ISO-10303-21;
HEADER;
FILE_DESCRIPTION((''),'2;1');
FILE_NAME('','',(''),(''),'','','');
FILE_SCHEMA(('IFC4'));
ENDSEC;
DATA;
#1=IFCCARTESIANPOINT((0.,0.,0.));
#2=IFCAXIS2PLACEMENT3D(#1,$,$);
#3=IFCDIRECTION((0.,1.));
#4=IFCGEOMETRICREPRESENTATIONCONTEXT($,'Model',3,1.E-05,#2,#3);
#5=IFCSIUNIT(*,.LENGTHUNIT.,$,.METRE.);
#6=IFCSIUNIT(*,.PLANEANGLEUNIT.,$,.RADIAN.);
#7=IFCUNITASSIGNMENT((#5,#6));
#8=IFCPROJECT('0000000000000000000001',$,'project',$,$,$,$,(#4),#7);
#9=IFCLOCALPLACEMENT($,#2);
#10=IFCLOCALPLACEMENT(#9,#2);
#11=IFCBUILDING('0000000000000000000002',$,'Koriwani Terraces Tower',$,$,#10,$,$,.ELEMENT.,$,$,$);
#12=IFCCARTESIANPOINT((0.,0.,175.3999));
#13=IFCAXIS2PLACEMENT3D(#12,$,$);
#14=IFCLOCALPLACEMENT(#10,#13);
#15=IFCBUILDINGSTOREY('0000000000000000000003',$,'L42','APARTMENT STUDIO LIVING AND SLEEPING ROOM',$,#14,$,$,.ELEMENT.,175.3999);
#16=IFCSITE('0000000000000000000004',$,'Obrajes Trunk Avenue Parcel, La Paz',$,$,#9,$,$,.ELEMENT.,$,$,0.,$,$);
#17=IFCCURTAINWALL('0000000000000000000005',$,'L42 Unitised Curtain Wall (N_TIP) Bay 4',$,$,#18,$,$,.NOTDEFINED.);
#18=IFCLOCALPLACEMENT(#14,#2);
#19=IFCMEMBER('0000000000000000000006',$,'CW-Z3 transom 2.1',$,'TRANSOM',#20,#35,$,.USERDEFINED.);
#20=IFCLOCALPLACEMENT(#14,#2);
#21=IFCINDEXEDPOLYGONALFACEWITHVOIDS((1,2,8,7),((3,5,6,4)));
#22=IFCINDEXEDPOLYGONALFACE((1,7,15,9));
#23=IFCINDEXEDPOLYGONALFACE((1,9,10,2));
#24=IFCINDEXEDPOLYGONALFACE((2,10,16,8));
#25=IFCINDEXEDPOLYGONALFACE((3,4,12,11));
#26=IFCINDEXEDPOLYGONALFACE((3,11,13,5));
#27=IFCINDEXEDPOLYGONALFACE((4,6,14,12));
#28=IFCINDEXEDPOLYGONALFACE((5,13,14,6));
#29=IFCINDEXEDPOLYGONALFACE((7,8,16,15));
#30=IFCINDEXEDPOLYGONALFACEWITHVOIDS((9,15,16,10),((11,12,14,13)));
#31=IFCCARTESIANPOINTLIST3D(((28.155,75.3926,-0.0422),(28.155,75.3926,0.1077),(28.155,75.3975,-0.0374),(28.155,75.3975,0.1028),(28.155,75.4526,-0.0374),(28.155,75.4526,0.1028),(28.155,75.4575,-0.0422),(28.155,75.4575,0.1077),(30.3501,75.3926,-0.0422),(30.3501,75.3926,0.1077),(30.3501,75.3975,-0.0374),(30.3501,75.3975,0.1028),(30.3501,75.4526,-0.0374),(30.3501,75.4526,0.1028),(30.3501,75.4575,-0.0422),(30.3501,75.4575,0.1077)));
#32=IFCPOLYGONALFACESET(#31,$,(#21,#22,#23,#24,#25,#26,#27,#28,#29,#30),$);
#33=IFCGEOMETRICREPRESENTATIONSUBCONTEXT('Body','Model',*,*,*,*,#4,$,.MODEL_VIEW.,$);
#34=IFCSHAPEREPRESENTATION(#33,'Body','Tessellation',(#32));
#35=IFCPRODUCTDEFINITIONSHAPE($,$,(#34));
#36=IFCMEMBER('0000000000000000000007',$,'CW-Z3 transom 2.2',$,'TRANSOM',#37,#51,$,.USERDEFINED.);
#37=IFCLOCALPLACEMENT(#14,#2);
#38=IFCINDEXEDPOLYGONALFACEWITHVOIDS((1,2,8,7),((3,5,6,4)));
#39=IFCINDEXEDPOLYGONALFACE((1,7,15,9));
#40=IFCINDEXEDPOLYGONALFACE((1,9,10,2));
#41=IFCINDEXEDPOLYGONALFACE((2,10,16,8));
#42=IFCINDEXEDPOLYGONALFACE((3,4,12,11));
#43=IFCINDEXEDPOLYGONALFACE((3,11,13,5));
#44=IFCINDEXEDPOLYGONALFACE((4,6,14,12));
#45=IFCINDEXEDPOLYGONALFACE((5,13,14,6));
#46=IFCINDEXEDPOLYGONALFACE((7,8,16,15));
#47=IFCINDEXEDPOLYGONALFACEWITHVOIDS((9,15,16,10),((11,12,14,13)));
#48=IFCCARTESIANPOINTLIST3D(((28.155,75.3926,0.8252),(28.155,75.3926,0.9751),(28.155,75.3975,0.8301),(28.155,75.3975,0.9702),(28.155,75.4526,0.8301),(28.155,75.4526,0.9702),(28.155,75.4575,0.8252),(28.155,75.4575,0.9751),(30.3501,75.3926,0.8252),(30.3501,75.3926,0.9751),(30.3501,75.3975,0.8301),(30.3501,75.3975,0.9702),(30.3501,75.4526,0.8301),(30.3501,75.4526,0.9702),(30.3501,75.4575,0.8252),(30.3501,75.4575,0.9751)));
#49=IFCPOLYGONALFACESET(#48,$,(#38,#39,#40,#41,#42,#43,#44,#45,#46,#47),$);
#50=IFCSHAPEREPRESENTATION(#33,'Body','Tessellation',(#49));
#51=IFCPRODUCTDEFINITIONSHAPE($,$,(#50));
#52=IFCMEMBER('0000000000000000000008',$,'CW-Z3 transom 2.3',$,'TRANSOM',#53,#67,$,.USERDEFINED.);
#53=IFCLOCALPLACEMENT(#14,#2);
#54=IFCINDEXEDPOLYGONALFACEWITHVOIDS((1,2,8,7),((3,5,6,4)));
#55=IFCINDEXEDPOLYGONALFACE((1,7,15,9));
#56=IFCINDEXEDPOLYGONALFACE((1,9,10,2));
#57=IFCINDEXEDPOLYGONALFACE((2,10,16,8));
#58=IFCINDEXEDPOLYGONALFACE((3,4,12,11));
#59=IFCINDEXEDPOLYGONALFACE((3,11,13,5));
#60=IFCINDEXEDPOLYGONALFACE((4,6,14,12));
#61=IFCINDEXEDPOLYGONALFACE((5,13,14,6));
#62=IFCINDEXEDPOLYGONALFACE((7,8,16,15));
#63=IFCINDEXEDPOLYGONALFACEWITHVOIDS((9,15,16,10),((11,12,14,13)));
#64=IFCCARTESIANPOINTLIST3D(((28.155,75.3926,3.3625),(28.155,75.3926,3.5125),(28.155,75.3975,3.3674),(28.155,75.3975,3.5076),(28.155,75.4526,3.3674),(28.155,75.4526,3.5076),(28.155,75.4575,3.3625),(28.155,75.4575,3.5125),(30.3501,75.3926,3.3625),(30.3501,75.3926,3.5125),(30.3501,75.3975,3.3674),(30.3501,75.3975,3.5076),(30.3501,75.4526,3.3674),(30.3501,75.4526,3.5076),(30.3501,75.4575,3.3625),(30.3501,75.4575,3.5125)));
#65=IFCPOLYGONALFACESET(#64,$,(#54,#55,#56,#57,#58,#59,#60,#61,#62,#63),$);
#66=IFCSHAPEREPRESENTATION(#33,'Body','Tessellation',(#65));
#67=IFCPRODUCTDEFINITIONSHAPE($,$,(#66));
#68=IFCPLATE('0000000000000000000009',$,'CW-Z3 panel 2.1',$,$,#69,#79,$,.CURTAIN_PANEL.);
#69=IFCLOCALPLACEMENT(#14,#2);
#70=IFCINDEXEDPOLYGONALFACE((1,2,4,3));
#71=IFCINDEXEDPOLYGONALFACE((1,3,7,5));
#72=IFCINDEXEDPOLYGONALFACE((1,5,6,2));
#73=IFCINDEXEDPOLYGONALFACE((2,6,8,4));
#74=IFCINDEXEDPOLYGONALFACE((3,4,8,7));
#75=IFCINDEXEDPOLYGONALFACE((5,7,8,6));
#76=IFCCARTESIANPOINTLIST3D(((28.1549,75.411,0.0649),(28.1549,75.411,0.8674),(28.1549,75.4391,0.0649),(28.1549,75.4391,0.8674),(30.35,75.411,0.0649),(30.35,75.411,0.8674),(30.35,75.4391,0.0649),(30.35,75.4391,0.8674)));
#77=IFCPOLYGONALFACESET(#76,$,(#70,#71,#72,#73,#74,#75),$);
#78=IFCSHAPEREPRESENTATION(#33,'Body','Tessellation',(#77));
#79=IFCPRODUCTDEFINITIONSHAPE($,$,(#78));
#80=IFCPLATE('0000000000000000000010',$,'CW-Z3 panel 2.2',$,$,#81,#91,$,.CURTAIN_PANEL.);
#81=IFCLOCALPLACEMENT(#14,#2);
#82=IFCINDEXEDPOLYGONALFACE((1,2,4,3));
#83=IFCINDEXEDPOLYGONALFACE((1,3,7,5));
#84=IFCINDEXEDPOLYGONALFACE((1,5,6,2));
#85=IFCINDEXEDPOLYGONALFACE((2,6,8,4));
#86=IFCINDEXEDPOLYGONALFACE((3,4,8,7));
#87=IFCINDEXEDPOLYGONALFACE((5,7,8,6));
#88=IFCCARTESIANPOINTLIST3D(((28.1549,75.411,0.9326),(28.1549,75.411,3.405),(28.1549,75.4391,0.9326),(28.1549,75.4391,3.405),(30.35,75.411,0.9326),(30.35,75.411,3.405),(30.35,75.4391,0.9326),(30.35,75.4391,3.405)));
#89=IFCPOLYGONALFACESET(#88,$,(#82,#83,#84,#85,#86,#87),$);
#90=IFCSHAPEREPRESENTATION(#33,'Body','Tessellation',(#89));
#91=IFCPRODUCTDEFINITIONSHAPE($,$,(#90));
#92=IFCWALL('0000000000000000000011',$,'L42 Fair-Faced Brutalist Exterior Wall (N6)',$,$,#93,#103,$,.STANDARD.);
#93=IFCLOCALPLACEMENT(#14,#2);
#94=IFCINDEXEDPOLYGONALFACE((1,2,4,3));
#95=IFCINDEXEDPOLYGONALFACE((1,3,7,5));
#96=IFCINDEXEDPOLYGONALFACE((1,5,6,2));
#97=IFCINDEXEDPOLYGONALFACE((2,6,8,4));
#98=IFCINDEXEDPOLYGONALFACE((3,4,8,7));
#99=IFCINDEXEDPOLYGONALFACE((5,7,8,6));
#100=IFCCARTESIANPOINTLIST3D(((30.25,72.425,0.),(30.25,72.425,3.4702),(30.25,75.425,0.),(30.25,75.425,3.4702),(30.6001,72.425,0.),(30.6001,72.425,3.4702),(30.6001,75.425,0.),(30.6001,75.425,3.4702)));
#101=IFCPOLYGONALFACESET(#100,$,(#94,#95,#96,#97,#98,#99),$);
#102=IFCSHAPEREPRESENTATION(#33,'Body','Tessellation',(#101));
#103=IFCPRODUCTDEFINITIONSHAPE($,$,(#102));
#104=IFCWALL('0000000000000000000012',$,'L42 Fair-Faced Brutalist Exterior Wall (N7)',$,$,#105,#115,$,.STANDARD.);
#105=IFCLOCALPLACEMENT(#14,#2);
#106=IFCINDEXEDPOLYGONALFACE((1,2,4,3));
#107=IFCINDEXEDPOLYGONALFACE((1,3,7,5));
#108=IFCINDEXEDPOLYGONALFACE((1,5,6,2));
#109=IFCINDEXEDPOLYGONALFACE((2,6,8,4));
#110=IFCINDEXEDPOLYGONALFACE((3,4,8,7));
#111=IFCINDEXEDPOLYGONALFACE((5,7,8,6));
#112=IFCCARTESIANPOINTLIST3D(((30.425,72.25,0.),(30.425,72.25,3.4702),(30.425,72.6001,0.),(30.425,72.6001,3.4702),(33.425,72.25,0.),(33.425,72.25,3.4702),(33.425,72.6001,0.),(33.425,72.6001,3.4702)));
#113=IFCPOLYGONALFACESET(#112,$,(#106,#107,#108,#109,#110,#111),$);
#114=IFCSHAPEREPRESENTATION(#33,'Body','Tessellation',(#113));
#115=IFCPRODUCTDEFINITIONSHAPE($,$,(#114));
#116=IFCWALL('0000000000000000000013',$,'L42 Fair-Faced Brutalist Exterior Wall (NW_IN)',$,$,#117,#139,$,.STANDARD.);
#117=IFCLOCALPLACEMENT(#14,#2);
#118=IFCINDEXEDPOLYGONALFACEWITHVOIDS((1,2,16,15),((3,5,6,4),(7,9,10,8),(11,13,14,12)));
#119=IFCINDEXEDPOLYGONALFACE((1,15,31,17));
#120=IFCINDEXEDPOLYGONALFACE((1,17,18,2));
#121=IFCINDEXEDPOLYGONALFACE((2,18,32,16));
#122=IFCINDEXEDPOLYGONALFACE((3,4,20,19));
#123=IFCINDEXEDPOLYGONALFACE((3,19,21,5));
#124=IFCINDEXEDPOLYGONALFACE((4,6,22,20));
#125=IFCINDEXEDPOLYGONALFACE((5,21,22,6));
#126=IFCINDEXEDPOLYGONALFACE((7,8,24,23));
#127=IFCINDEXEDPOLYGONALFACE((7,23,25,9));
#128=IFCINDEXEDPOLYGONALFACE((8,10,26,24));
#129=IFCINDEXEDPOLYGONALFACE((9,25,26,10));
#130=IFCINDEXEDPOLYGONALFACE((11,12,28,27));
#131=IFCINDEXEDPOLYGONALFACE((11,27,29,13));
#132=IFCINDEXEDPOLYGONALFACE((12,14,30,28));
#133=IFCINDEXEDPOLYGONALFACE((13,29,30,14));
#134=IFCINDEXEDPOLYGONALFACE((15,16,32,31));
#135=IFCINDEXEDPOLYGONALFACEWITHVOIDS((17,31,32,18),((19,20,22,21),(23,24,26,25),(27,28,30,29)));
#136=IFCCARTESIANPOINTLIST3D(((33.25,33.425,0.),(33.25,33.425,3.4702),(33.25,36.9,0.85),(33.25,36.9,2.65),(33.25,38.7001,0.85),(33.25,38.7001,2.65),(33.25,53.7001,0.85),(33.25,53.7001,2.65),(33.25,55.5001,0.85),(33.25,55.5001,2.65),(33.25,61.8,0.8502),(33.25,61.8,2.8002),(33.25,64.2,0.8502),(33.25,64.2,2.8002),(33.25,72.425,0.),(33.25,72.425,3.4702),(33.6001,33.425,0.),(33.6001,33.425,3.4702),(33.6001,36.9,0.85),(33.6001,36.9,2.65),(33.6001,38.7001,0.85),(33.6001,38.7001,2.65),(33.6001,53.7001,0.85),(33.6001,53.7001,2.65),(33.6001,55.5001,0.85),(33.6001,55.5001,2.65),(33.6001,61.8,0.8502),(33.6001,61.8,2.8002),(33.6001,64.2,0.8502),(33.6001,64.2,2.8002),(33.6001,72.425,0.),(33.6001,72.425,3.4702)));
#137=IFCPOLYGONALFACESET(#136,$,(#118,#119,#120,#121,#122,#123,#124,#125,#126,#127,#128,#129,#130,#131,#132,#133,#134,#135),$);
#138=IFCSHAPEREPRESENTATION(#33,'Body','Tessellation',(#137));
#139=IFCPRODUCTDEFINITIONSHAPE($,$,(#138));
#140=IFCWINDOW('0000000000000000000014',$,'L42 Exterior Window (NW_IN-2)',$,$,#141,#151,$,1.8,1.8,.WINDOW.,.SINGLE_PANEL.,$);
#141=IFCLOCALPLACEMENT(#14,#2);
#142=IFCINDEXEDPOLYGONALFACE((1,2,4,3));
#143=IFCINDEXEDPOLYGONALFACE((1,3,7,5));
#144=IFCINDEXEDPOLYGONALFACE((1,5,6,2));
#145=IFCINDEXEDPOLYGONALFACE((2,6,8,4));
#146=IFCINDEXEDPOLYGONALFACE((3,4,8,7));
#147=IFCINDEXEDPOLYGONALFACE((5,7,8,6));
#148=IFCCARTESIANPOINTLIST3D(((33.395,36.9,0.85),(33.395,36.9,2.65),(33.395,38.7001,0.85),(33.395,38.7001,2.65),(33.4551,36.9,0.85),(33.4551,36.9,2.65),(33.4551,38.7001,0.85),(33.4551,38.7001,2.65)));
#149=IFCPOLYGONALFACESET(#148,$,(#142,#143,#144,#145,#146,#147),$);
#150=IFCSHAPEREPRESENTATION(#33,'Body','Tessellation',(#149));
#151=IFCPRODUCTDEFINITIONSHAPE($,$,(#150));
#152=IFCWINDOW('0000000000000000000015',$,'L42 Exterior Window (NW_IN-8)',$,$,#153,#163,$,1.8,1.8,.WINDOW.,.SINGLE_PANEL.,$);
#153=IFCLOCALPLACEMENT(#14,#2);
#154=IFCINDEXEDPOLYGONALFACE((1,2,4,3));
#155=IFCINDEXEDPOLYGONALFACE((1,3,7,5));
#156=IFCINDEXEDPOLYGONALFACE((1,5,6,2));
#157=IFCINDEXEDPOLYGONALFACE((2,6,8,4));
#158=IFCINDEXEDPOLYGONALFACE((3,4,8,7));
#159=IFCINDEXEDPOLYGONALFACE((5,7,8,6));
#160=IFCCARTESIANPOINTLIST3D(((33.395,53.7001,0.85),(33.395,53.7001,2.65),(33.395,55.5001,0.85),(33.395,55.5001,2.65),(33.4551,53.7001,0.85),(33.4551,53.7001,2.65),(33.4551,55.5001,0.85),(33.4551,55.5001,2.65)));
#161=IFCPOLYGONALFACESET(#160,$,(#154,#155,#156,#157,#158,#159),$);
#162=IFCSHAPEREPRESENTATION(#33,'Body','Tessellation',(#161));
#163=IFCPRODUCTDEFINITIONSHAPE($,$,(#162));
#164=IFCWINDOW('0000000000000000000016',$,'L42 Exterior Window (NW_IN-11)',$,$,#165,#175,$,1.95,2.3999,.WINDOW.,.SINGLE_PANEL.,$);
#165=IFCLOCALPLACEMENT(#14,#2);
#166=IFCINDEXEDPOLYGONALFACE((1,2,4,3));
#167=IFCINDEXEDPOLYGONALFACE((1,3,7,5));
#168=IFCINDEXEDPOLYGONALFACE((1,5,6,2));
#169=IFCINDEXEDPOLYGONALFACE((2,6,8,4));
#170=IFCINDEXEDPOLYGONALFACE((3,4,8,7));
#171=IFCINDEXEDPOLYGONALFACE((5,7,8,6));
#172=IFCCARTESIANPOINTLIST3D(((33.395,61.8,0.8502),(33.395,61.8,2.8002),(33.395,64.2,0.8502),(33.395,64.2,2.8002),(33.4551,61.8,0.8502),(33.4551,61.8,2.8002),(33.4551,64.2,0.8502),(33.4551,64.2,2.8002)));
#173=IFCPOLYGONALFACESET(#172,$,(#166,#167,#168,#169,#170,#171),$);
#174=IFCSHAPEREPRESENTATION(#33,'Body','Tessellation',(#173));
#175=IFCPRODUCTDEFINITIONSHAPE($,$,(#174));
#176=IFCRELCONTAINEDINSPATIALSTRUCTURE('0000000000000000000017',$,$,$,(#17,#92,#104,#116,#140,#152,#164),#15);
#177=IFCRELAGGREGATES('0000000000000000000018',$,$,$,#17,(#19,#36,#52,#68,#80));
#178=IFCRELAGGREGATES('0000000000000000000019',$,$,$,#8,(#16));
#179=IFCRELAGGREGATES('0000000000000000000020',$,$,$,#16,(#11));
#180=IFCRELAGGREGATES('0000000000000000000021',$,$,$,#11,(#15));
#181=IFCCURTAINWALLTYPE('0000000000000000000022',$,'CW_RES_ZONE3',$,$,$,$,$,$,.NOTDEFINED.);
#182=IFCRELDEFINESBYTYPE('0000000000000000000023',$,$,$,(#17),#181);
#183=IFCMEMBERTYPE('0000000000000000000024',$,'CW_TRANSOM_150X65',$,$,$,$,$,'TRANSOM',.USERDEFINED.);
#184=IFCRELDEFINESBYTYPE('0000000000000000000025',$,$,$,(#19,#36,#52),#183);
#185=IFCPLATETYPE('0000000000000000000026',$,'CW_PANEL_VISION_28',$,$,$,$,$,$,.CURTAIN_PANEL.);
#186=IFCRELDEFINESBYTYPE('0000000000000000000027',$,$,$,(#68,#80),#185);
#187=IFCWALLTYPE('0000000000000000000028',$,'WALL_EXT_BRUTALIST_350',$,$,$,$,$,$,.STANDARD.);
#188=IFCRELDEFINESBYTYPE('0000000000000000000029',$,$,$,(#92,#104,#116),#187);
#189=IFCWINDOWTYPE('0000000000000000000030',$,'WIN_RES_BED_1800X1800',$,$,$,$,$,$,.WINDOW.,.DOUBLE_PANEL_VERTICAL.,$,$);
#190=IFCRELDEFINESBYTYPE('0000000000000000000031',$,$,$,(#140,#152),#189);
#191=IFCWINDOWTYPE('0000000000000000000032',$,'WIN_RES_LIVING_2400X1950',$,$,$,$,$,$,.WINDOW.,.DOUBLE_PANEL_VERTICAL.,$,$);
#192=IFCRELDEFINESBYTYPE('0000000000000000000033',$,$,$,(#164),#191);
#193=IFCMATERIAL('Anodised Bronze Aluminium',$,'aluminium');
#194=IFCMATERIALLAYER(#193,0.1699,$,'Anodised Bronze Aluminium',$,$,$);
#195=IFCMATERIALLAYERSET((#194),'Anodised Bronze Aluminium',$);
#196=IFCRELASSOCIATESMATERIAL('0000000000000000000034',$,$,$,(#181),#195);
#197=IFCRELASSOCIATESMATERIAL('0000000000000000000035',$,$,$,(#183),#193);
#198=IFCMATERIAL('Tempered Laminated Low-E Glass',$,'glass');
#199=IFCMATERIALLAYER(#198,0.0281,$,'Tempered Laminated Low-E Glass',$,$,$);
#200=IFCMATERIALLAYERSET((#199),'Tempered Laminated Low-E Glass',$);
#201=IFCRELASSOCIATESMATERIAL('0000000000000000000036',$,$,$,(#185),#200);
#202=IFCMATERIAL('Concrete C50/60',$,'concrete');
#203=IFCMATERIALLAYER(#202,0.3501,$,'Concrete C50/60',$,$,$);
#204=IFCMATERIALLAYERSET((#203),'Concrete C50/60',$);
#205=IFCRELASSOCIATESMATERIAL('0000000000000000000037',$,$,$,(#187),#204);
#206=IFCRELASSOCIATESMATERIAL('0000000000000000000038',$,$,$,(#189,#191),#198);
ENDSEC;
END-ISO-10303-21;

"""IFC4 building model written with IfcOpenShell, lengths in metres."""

from ifc_helpers import new_model, si_unit, direction, frame, frame_2d, origin, origin_2d, place, context, subcontext, project, spatial, rectangle, hollow_rectangle, extrude, material, layer, layer_set, material_profile, profile_set, type_object, element, fill, aggregate, save


model = new_model("IFC4")

# Units and contexts
model_context = context("Model", 3, precision=1e-05, world=origin(), true_north=direction((0.0, 1.0)))
body_context = subcontext(model_context, "Body", "Model", "MODEL_VIEW")
ifc_project = project(units=[si_unit("LENGTHUNIT", "METRE"), si_unit("PLANEANGLEUNIT", "RADIAN")], contexts=[model_context])

# Site, building, storey
site_placement = place(None, origin())
site = spatial("IfcSite", under=ifc_project, at=site_placement, Name="Obrajes Trunk Avenue Parcel, La Paz", CompositionType="ELEMENT", RefElevation=0.0)
building_placement = place(site_placement, origin())
building = spatial("IfcBuilding", under=site, at=building_placement, Name="Koriwani Terraces Tower", CompositionType="ELEMENT")
storey_placement = place(building_placement, frame((0.0, 0.0, 175.3999)))
storey = spatial("IfcBuildingStorey", under=building, at=storey_placement, Name="L42", Description="APARTMENT STUDIO LIVING AND SLEEPING ROOM", CompositionType="ELEMENT", Elevation=175.3999)

# Shared definitions
ifc_material_1 = material(Name="Concrete C50/60", Category="concrete")

# Curtain wall, members, plates
ifc_material_2 = material(Name="Anodised Bronze Aluminium", Category="aluminium")
ifc_layer_1 = layer(ifc_material_2, 0.1699, Name="Anodised Bronze Aluminium")
ifc_layer_set_1 = layer_set([ifc_layer_1], Name="Anodised Bronze Aluminium")
curtain_wall_type = type_object("IfcCurtainWallType", Name="CW_RES_ZONE3", PredefinedType="NOTDEFINED", material=ifc_layer_set_1)
curtain_wall_placement = place(storey_placement, origin())
curtain_wall = element("IfcCurtainWall", 1, at=curtain_wall_placement, inside=storey, type_object=curtain_wall_type, Name="L42 Unitised Curtain Wall (N_TIP) Bay 4", PredefinedType="NOTDEFINED")
ifc_material_profile_1 = material_profile(ifc_material_2, hollow_rectangle(XDim=0.0649, YDim=0.1499, WallThickness=0.0049, at=origin_2d()), Name="Anodised Bronze Aluminium", Category="LoadBearing")
ifc_profile_set_1 = profile_set([ifc_material_profile_1], Name="Anodised Bronze Aluminium")
member_type_1 = type_object("IfcMemberType", Name="CW_TRANSOM_150X65", ElementType="TRANSOM", PredefinedType="USERDEFINED", material=ifc_profile_set_1)
member_1_placement = place(storey_placement, frame((28.155, 75.425, 0.0327), z_axis=(1.0, 0.0, 0.0), x_axis=(0.0, 1.0, 0.0)))
member_1 = element("IfcMember", 2, at=member_1_placement, type_object=member_type_1, Name="CW-Z3 transom 2.1", ObjectType="TRANSOM", PredefinedType="USERDEFINED", context=body_context, shape_type="SweptSolid", body=[
    extrude(hollow_rectangle(XDim=0.0649, YDim=0.1499, WallThickness=0.0049, at=origin_2d()), origin(), (0.0, 0.0, 1.0), 2.1951),
])
member_2_placement = place(storey_placement, frame((28.155, 75.425, 0.9001), z_axis=(1.0, 0.0, 0.0), x_axis=(0.0, 1.0, 0.0)))
member_2 = element("IfcMember", 3, at=member_2_placement, type_object=member_type_1, Name="CW-Z3 transom 2.2", ObjectType="TRANSOM", PredefinedType="USERDEFINED", context=body_context, shape_type="SweptSolid", body=[
    extrude(hollow_rectangle(XDim=0.0649, YDim=0.1499, WallThickness=0.0049, at=origin_2d()), origin(), (0.0, 0.0, 1.0), 2.1951),
])
member_3_placement = place(storey_placement, frame((28.155, 75.425, 3.4375), z_axis=(1.0, 0.0, 0.0), x_axis=(0.0, 1.0, 0.0)))
member_3 = element("IfcMember", 4, at=member_3_placement, type_object=member_type_1, Name="CW-Z3 transom 2.3", ObjectType="TRANSOM", PredefinedType="USERDEFINED", context=body_context, shape_type="SweptSolid", body=[
    extrude(hollow_rectangle(XDim=0.0649, YDim=0.1499, WallThickness=0.0049, at=origin_2d()), origin(), (0.0, 0.0, 1.0), 2.1951),
])
ifc_material_3 = material(Name="Tempered Laminated Low-E Glass", Category="glass")
ifc_layer_2 = layer(ifc_material_3, 0.0281, Name="Tempered Laminated Low-E Glass")
ifc_layer_set_2 = layer_set([ifc_layer_2], Name="Tempered Laminated Low-E Glass")
plate_type = type_object("IfcPlateType", Name="CW_PANEL_VISION_28", PredefinedType="CURTAIN_PANEL", material=ifc_layer_set_2)
plate_1_placement = place(storey_placement, frame((29.2524, 75.425, 0.0649), z_axis=(0.0, 0.0, 1.0), x_axis=(1.0, 0.0, 0.0)))
plate_1 = element("IfcPlate", 5, at=plate_1_placement, type_object=plate_type, Name="CW-Z3 panel 2.1", PredefinedType="CURTAIN_PANEL", context=body_context, shape_type="SweptSolid", body=[
    extrude(rectangle(XDim=2.1951, YDim=0.0281, at=origin_2d()), origin(), (0.0, 0.0, 1.0), 0.8025),
])
plate_2_placement = place(storey_placement, frame((29.2524, 75.425, 0.9326), z_axis=(0.0, 0.0, 1.0), x_axis=(1.0, 0.0, 0.0)))
plate_2 = element("IfcPlate", 6, at=plate_2_placement, type_object=plate_type, Name="CW-Z3 panel 2.2", PredefinedType="CURTAIN_PANEL", context=body_context, shape_type="SweptSolid", body=[
    extrude(rectangle(XDim=2.1951, YDim=0.0281, at=origin_2d()), origin(), (0.0, 0.0, 1.0), 2.4724),
])
aggregate(curtain_wall, [member_1, member_2, member_3, plate_1, plate_2])

# Walls
ifc_layer_3 = layer(ifc_material_1, 0.3501, Name="Concrete C50/60")
ifc_layer_set_3 = layer_set([ifc_layer_3], Name="Concrete C50/60")
wall_type = type_object("IfcWallType", Name="WALL_EXT_BRUTALIST_350", PredefinedType="STANDARD", material=ifc_layer_set_3)
for number, where, z_axis, x_axis, name in (
    (7, (30.425, 75.425, 0.0), (0.0, 0.0, 1.0), (0.0, -1.0, 0.0), "L42 Fair-Faced Brutalist Exterior Wall (N6)"),
    (8, (30.425, 72.425, 0.0), (0.0, 0.0, 1.0), (1.0, 0.0, 0.0), "L42 Fair-Faced Brutalist Exterior Wall (N7)"),
):
    element("IfcWall", number, at=place(storey_placement, frame(where, z_axis=z_axis, x_axis=x_axis)), inside=storey, type_object=wall_type, Name=name, PredefinedType="STANDARD", context=body_context, shape_type="SweptSolid", body=[
        extrude(rectangle(XDim=3.0, YDim=0.3501, at=frame_2d((1.5, 0.0))), origin(), (0.0, 0.0, 1.0), 3.4702),
    ])

# Wall, openings, windows
wall_1_placement = place(storey_placement, frame((33.425, 72.425, 0.0), z_axis=(0.0, 0.0, 1.0), x_axis=(0.0, -1.0, 0.0)))
wall_1 = element("IfcWall", 9, at=wall_1_placement, inside=storey, type_object=wall_type, Name="L42 Fair-Faced Brutalist Exterior Wall (NW_IN)", PredefinedType="STANDARD", context=body_context, shape_type="SweptSolid", body=[
    extrude(rectangle(XDim=39.0, YDim=0.3501, at=frame_2d((19.5, 0.0))), origin(), (0.0, 0.0, 1.0), 3.4702),
])
opening_1_placement = place(wall_1_placement, frame((33.7251, 0.0, 0.8501)))
opening_1 = element("IfcOpeningElement", 10, at=opening_1_placement, cuts=wall_1, PredefinedType="OPENING", context=body_context, shape_type="SweptSolid", body=[
    extrude(rectangle(XDim=1.8, YDim=1.8, at=frame_2d((0.8999, 0.8999))), frame((0.0, 0.1851, 0.0), z_axis=(0.0, -1.0, 0.0), x_axis=(1.0, 0.0, 0.0)), (0.0, 0.0, 1.0), 0.3701),
])
opening_2_placement = place(wall_1_placement, frame((16.925, 0.0, 0.8501)))
opening_2 = element("IfcOpeningElement", 11, at=opening_2_placement, cuts=wall_1, PredefinedType="OPENING", context=body_context, shape_type="SweptSolid", body=[
    extrude(rectangle(XDim=1.8, YDim=1.8, at=frame_2d((0.8999, 0.8999))), frame((0.0, 0.1851, 0.0), z_axis=(0.0, -1.0, 0.0), x_axis=(1.0, 0.0, 0.0)), (0.0, 0.0, 1.0), 0.3701),
])
opening_3_placement = place(wall_1_placement, frame((8.2251, 0.0, 0.8501)))
opening_3 = element("IfcOpeningElement", 12, at=opening_3_placement, cuts=wall_1, PredefinedType="OPENING", context=body_context, shape_type="SweptSolid", body=[
    extrude(rectangle(XDim=2.3999, YDim=1.95, at=frame_2d((1.2, 0.9751))), frame((0.0, 0.1851, 0.0), z_axis=(0.0, -1.0, 0.0), x_axis=(1.0, 0.0, 0.0)), (0.0, 0.0, 1.0), 0.3701),
])
window_type_1 = type_object("IfcWindowType", Name="WIN_RES_BED_1800X1800", PartitioningType="DOUBLE_PANEL_VERTICAL", PredefinedType="WINDOW", material=ifc_material_3)
window_1_placement = place(opening_1_placement, origin())
window_1 = element("IfcWindow", 13, at=window_1_placement, inside=storey, type_object=window_type_1, Name="L42 Exterior Window (NW_IN-2)", OverallHeight=1.8, OverallWidth=1.8, PartitioningType="SINGLE_PANEL", PredefinedType="WINDOW", context=body_context, shape_type="SweptSolid", body=[
    extrude(rectangle(XDim=1.8, YDim=1.8, at=frame_2d((0.8999, 0.8999))), frame((0.0, 0.03, 0.0), z_axis=(0.0, -1.0, 0.0), x_axis=(1.0, 0.0, 0.0)), (0.0, 0.0, 1.0), 0.0601),
])
fill(opening_1, window_1)
window_2_placement = place(opening_2_placement, origin())
window_2 = element("IfcWindow", 14, at=window_2_placement, inside=storey, type_object=window_type_1, Name="L42 Exterior Window (NW_IN-8)", OverallHeight=1.8, OverallWidth=1.8, PartitioningType="SINGLE_PANEL", PredefinedType="WINDOW", context=body_context, shape_type="SweptSolid", body=[
    extrude(rectangle(XDim=1.8, YDim=1.8, at=frame_2d((0.8999, 0.8999))), frame((0.0, 0.03, 0.0), z_axis=(0.0, -1.0, 0.0), x_axis=(1.0, 0.0, 0.0)), (0.0, 0.0, 1.0), 0.0601),
])
fill(opening_2, window_2)
window_type_2 = type_object("IfcWindowType", Name="WIN_RES_LIVING_2400X1950", PartitioningType="DOUBLE_PANEL_VERTICAL", PredefinedType="WINDOW", material=ifc_material_3)
window_3_placement = place(opening_3_placement, origin())
window_3 = element("IfcWindow", 15, at=window_3_placement, inside=storey, type_object=window_type_2, Name="L42 Exterior Window (NW_IN-11)", OverallHeight=1.95, OverallWidth=2.3999, PartitioningType="SINGLE_PANEL", PredefinedType="WINDOW", context=body_context, shape_type="SweptSolid", body=[
    extrude(rectangle(XDim=2.3999, YDim=1.95, at=frame_2d((1.2, 0.9751))), frame((0.0, 0.03, 0.0), z_axis=(0.0, -1.0, 0.0), x_axis=(1.0, 0.0, 0.0)), (0.0, 0.0, 1.0), 0.0601),
])
fill(opening_3, window_3)

save(model, "model.ifc")
